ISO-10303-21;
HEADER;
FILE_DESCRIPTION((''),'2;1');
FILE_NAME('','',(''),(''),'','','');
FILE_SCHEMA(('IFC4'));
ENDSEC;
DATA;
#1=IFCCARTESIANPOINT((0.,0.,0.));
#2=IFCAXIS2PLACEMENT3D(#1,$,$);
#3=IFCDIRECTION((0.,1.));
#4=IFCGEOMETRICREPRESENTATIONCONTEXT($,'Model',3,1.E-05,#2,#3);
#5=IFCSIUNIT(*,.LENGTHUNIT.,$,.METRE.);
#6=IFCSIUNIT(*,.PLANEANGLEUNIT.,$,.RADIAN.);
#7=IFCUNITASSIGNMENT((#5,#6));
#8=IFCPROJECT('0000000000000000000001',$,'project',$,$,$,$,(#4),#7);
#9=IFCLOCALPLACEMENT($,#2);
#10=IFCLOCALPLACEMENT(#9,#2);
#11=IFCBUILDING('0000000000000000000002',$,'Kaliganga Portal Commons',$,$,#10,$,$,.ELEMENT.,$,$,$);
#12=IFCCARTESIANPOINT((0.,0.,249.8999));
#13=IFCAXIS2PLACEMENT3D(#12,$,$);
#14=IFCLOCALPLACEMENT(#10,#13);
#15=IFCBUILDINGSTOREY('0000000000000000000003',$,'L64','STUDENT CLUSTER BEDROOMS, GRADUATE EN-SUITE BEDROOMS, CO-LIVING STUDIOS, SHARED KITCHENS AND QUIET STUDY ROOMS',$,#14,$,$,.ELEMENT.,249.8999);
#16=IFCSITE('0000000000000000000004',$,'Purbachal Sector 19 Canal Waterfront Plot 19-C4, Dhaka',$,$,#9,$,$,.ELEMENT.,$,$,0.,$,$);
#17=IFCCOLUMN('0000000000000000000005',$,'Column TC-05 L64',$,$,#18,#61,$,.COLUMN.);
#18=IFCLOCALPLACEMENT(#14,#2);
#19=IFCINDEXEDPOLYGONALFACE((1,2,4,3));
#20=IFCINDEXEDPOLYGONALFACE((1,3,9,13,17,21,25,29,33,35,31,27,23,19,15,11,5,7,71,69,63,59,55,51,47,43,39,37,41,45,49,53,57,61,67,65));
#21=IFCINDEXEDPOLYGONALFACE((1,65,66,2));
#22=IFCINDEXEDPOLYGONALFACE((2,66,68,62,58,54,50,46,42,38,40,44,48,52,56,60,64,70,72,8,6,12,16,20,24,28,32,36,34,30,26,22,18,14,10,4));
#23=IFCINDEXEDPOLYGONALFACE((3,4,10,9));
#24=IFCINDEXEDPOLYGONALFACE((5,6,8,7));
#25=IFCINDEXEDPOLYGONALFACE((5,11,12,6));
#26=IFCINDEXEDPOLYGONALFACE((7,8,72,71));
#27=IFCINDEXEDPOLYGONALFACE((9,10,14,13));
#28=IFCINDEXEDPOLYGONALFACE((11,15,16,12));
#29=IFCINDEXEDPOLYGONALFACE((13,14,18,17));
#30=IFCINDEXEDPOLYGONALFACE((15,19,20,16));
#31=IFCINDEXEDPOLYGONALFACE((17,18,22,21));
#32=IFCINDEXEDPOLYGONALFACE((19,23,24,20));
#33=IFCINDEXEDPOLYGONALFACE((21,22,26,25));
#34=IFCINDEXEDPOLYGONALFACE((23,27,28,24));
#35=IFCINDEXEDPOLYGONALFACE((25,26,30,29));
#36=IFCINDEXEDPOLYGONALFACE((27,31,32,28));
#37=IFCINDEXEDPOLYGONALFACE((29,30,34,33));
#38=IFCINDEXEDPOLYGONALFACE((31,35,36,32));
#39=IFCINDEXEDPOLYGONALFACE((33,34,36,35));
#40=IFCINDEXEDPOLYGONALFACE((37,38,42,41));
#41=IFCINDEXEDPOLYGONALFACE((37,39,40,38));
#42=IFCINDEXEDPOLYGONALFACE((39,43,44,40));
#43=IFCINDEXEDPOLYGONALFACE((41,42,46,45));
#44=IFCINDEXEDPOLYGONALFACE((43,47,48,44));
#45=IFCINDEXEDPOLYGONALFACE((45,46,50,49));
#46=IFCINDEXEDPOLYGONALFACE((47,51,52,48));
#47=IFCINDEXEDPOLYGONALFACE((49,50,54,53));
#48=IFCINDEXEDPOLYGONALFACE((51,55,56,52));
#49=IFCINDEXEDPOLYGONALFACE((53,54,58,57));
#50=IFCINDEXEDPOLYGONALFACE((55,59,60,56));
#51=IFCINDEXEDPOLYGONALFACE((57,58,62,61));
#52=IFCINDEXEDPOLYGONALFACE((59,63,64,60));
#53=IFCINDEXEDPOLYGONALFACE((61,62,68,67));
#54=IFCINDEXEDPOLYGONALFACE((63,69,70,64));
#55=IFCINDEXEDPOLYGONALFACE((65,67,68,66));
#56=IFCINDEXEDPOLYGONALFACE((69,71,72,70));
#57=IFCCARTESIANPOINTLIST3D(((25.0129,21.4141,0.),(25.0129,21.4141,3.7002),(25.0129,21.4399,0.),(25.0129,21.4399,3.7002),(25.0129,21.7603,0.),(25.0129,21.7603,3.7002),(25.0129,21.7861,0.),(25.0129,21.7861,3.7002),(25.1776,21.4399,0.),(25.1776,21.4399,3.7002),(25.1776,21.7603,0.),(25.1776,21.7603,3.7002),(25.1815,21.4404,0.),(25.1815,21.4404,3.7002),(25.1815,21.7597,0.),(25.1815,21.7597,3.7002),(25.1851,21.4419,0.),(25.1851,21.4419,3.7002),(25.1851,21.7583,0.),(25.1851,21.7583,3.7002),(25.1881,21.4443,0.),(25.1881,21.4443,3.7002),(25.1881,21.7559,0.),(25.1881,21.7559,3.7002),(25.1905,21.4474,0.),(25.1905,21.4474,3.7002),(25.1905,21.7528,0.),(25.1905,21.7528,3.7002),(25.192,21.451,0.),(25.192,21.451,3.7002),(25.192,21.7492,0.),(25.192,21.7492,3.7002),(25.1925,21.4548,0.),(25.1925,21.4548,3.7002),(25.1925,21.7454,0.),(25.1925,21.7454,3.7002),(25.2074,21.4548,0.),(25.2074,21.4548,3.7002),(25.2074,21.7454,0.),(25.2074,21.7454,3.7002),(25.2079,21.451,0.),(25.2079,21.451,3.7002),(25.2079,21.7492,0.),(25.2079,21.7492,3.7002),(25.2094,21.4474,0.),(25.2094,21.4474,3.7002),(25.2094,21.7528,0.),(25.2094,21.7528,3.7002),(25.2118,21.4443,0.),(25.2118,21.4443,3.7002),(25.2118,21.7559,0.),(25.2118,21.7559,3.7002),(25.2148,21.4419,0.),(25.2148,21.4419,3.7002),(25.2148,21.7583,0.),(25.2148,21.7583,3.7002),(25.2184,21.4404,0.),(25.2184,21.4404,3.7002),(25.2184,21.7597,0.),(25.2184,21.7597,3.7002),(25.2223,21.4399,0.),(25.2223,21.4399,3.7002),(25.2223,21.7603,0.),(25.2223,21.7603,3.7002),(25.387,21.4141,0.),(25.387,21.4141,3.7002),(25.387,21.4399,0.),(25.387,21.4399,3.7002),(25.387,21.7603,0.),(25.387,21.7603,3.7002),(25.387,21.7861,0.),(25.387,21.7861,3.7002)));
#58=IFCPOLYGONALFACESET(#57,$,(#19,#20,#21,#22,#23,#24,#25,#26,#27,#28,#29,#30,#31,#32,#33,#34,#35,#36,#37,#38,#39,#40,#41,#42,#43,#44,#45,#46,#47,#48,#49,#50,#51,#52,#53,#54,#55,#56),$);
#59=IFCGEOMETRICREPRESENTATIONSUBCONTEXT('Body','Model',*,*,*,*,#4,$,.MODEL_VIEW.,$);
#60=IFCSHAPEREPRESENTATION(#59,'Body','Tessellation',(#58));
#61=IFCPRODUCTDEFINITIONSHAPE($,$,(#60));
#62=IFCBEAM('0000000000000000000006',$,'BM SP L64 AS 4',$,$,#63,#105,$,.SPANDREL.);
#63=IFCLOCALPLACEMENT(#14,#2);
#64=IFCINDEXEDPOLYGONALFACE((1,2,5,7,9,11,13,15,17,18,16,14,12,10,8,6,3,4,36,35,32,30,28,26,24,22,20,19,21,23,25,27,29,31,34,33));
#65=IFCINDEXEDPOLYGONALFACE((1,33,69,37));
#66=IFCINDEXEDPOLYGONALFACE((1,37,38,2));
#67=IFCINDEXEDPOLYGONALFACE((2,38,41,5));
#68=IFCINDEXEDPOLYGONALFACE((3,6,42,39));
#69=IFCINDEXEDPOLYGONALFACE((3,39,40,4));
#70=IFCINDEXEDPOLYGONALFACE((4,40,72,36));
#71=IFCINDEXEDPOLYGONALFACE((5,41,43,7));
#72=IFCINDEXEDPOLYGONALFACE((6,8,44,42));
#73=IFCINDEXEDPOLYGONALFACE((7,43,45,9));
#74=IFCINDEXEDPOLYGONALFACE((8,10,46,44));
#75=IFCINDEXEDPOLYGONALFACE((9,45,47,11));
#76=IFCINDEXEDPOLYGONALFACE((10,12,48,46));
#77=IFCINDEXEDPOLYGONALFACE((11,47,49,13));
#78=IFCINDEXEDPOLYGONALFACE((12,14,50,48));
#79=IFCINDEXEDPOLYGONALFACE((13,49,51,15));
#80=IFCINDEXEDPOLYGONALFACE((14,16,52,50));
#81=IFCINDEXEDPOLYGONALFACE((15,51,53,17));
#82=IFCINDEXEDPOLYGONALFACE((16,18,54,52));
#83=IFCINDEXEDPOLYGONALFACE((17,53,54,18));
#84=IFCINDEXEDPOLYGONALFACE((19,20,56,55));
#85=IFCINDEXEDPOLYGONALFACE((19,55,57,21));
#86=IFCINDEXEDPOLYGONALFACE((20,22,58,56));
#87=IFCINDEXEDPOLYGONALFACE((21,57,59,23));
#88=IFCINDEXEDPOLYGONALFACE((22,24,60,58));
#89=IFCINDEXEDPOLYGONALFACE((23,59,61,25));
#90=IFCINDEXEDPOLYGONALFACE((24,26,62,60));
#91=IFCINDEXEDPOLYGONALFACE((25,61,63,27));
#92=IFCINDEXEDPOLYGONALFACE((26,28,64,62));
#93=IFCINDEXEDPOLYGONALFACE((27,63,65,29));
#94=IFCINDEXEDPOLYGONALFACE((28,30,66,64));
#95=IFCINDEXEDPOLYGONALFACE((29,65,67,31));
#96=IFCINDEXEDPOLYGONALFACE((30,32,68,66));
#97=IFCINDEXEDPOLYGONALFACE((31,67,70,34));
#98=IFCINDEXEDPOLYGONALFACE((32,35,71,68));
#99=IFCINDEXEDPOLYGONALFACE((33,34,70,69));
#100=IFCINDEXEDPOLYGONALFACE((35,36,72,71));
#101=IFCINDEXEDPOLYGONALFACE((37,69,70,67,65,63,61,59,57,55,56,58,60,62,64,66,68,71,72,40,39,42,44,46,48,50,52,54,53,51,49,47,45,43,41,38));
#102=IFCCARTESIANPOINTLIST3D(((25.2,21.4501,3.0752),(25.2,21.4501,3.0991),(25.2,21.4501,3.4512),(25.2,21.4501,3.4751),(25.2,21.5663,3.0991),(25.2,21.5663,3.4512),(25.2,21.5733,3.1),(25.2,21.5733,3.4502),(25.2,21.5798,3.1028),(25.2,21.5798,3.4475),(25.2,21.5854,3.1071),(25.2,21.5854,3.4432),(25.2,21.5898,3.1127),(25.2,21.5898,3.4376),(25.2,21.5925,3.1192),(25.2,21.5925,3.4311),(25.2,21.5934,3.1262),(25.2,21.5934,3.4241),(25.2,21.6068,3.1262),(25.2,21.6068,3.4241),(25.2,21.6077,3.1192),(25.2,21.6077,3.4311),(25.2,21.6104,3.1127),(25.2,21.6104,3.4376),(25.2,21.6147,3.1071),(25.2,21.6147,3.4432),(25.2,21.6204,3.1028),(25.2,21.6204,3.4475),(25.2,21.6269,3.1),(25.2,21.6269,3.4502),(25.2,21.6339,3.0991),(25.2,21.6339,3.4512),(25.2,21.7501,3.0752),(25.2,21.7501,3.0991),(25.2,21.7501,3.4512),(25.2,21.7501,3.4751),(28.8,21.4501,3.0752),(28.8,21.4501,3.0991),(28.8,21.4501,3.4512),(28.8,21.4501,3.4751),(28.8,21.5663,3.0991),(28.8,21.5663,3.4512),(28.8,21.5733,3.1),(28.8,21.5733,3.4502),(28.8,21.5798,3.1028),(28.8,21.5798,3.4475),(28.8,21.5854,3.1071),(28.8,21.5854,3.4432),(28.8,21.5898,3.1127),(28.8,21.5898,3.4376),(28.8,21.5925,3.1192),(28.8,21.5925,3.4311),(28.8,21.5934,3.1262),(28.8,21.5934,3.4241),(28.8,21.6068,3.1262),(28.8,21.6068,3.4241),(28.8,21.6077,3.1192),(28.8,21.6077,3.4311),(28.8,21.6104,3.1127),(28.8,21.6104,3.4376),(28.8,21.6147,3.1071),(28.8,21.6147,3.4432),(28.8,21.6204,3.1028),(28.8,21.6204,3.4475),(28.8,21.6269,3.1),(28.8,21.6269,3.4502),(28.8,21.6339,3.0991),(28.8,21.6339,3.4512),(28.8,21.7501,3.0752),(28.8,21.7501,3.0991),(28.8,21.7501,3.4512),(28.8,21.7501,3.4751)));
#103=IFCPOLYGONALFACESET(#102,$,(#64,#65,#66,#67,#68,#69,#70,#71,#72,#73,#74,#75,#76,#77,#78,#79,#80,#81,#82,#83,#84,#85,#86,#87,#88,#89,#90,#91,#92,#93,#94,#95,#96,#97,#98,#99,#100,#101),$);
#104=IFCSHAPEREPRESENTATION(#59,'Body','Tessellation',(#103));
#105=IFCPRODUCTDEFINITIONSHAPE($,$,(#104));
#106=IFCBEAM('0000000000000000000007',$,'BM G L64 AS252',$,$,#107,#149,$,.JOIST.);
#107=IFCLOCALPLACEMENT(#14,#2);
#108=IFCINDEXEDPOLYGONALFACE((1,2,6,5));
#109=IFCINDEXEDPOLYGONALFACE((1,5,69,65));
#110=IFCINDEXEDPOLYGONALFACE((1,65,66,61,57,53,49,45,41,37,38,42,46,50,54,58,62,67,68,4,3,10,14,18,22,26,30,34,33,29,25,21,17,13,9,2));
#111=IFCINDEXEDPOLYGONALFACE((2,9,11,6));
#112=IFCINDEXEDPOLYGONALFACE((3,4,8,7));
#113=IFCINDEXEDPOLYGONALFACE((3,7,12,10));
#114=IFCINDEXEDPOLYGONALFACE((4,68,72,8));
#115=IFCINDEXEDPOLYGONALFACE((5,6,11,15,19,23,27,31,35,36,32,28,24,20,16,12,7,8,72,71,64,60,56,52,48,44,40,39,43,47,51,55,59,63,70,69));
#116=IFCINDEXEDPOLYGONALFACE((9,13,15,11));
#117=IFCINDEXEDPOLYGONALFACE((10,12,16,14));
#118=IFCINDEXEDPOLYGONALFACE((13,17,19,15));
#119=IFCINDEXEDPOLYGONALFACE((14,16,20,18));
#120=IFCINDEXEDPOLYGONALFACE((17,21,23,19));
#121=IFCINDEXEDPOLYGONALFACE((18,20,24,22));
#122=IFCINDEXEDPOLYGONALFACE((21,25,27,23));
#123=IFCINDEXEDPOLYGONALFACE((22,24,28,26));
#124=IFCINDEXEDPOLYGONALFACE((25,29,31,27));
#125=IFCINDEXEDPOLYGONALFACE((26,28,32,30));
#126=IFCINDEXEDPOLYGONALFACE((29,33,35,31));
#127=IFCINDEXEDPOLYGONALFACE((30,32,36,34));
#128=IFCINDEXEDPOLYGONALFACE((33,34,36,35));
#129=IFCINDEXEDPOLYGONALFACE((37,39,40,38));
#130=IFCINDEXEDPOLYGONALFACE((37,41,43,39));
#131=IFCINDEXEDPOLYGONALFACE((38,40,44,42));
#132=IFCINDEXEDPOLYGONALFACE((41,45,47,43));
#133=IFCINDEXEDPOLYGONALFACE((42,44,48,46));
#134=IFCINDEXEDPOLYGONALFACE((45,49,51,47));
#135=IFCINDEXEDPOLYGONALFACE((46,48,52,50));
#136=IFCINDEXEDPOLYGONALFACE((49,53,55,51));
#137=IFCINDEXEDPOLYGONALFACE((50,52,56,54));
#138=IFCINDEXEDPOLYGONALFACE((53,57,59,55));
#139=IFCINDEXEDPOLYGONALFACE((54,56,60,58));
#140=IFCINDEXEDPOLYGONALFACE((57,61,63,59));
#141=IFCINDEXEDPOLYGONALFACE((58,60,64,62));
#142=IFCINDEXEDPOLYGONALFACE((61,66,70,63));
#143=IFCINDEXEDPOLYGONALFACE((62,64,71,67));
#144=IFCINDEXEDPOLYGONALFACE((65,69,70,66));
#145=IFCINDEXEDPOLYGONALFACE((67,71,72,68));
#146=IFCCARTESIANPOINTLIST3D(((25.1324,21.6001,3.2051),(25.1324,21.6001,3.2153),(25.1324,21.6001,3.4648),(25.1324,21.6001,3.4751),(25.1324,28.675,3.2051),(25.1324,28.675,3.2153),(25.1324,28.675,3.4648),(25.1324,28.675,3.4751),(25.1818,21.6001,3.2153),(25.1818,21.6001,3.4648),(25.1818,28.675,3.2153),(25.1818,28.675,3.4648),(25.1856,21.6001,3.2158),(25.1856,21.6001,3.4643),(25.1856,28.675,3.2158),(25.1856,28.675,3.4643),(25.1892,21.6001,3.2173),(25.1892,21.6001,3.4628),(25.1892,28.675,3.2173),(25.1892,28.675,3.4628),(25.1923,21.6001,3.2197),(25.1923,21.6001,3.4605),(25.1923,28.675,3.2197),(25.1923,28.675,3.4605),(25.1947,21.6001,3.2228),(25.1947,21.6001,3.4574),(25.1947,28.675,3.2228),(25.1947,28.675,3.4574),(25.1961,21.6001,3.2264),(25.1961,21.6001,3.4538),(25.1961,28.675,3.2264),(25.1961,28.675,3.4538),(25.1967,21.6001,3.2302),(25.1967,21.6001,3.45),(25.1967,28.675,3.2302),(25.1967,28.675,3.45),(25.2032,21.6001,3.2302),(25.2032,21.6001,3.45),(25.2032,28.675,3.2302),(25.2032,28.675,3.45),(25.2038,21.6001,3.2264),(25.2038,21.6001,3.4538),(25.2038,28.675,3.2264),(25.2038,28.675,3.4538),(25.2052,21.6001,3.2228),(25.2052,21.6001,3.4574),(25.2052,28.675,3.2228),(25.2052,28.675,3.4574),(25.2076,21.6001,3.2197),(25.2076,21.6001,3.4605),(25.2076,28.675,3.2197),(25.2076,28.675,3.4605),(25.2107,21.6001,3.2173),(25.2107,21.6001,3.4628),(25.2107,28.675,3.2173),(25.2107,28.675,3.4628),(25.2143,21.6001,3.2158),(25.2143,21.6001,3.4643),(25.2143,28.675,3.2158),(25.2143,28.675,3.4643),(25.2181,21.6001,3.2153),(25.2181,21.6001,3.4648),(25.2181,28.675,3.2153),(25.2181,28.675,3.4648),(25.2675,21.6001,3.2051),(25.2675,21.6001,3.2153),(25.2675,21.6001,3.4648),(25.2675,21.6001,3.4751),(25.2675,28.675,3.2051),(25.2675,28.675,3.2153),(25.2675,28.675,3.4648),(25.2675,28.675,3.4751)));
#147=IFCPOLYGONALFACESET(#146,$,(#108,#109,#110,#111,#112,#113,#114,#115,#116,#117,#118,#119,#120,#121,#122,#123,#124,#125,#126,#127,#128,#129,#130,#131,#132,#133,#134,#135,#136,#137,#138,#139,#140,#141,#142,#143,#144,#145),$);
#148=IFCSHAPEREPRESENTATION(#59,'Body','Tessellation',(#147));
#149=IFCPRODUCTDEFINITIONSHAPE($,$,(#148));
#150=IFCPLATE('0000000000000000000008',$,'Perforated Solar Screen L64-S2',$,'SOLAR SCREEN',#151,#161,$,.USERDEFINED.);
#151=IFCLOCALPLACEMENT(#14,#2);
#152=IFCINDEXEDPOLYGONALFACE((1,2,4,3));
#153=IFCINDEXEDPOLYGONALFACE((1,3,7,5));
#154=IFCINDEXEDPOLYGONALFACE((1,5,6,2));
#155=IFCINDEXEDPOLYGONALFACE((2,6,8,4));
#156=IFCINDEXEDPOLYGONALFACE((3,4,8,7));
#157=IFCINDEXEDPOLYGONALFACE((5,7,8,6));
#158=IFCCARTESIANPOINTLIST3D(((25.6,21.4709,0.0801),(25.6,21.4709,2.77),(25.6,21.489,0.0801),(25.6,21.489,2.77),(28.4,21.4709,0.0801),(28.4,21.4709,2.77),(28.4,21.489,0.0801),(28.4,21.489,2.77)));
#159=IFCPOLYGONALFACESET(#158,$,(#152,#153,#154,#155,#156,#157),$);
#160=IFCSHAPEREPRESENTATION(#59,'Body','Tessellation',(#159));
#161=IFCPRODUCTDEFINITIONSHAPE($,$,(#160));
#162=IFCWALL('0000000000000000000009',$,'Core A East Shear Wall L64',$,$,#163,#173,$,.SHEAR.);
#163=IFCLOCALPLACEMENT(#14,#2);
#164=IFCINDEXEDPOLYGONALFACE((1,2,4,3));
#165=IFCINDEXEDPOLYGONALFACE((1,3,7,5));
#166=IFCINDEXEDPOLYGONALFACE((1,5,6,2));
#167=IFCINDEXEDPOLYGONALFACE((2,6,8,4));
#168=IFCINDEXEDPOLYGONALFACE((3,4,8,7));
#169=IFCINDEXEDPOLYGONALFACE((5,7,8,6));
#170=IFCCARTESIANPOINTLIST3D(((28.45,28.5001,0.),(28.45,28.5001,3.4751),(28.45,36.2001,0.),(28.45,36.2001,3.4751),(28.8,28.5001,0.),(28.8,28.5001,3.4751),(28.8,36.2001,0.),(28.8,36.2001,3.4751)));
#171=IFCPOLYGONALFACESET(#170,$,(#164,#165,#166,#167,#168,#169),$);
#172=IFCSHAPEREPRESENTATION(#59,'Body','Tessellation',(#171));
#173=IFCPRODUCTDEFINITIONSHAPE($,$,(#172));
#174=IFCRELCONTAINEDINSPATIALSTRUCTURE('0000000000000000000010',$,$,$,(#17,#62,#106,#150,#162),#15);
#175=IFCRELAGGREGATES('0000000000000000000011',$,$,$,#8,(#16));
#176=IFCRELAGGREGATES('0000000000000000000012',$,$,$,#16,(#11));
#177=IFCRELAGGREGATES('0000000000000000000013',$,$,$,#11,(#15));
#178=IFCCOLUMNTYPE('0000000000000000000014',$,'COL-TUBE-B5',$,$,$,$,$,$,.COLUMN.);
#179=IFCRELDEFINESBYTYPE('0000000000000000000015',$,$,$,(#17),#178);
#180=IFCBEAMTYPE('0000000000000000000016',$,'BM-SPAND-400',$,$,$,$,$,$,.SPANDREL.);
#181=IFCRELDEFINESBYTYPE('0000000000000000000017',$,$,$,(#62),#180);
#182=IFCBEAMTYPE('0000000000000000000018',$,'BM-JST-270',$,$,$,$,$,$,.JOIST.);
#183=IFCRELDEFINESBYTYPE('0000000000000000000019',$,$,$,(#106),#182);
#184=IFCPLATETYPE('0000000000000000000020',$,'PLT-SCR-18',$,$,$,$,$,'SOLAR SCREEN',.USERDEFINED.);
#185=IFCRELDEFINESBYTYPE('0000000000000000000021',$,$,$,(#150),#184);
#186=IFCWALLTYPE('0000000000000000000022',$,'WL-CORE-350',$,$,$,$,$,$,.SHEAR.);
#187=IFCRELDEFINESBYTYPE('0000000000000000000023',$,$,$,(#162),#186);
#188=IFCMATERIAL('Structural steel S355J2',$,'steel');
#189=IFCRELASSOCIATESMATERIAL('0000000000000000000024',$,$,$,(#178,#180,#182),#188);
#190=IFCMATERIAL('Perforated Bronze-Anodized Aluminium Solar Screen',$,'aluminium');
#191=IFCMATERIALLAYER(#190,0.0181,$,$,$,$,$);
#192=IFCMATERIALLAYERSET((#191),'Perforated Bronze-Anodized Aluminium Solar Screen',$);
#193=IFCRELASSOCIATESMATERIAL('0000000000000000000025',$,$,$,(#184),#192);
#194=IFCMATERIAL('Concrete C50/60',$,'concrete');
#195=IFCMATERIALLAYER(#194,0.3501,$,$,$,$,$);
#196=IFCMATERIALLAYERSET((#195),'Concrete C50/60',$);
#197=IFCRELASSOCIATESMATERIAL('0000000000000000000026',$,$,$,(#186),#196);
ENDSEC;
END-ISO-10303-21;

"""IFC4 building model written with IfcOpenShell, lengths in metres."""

from ifc_helpers import new_model, si_unit, direction, frame, frame_2d, origin, origin_2d, place, context, subcontext, project, spatial, rectangle, i_section, extrude, source, transform, mapped, material, layer, layer_set, material_profile, profile_set, type_object, element, save


model = new_model("IFC4")

# Units and contexts
model_context = context("Model", 3, precision=1e-05, world=origin(), true_north=direction((0.0, 1.0)))
body_context = subcontext(model_context, "Body", "Model", "MODEL_VIEW")
ifc_project = project(units=[si_unit("LENGTHUNIT", "METRE"), si_unit("PLANEANGLEUNIT", "RADIAN")], contexts=[model_context])

# Site, building, storey
site_placement = place(None, origin())
site = spatial("IfcSite", under=ifc_project, at=site_placement, Name="Purbachal Sector 19 Canal Waterfront Plot 19-C4, Dhaka", CompositionType="ELEMENT", RefElevation=0.0)
building_placement = place(site_placement, origin())
building = spatial("IfcBuilding", under=site, at=building_placement, Name="Kaliganga Portal Commons", CompositionType="ELEMENT")
storey_placement = place(building_placement, frame((0.0, 0.0, 249.8999)))
storey = spatial("IfcBuildingStorey", under=building, at=storey_placement, Name="L64", Description="STUDENT CLUSTER BEDROOMS, GRADUATE EN-SUITE BEDROOMS, CO-LIVING STUDIOS, SHARED KITCHENS AND QUIET STUDY ROOMS", CompositionType="ELEMENT", Elevation=249.8999)

# Column
ifc_material_1 = material(Name="Structural steel S355J2", Category="steel")
ifc_material_profile_1 = material_profile(ifc_material_1, i_section(OverallWidth=0.374, OverallDepth=0.3721, WebThickness=0.0149, FlangeThickness=0.0259, FilletRadius=0.0149, at=origin_2d()), Name="HD 360x196")
ifc_profile_set_1 = profile_set([ifc_material_profile_1], Name="Structural steel S355J2 wide-flange")
column_type = type_object("IfcColumnType", Name="COL-TUBE-B5", PredefinedType="COLUMN", material=ifc_profile_set_1)
shared_shape_1 = source(origin(), body_context, "Body", "SweptSolid", [
    extrude(i_section(OverallWidth=0.374, OverallDepth=0.3721, WebThickness=0.0149, FlangeThickness=0.0259, FilletRadius=0.0149, at=origin_2d()), origin(), (0.0, 0.0, 1.0), 3.7002),
])
column_placement = place(storey_placement, frame((25.2, 21.6001, 0.0), z_axis=(0.0, 0.0, 1.0), x_axis=(1.0, 0.0, 0.0)))
element("IfcColumn", 1, at=column_placement, inside=storey, type_object=column_type, Name="Column TC-05 L64", PredefinedType="COLUMN", context=body_context, shape_type="MappedRepresentation", body=[
    mapped(shared_shape_1, transform((0.0, 0.0, 0.0), x_axis=(1.0, 0.0, 0.0), y_axis=(0.0, 1.0, 0.0), z_axis=(0.0, 0.0, 1.0), scale=1.0)),
])

# Beams
ifc_material_profile_2 = material_profile(ifc_material_1, i_section(OverallWidth=0.3, OverallDepth=0.3999, WebThickness=0.0134, FlangeThickness=0.0239, FilletRadius=0.0271, at=origin_2d()), Name="HE 400 B")
ifc_profile_set_2 = profile_set([ifc_material_profile_2], Name="Structural steel S355J2 wide-flange")
beam_type_1 = type_object("IfcBeamType", Name="BM-SPAND-400", PredefinedType="SPANDREL", material=ifc_profile_set_2)
shared_shape_2 = source(origin(), body_context, "Body", "SweptSolid", [
    extrude(i_section(OverallWidth=0.3, OverallDepth=0.3999, WebThickness=0.0134, FlangeThickness=0.0239, FilletRadius=0.0271, at=origin_2d()), origin(), (0.0, 0.0, 1.0), 3.6001),
])
beam_1_placement = place(storey_placement, frame((25.2, 21.6001, 3.2751), z_axis=(1.0, 0.0, 0.0), x_axis=(0.0, 1.0, 0.0)))
element("IfcBeam", 2, at=beam_1_placement, inside=storey, type_object=beam_type_1, Name="BM SP L64 AS 4", PredefinedType="SPANDREL", context=body_context, shape_type="MappedRepresentation", body=[
    mapped(shared_shape_2, transform((0.0, 0.0, 0.0), x_axis=(1.0, 0.0, 0.0), y_axis=(0.0, 1.0, 0.0), z_axis=(0.0, 0.0, 1.0), scale=1.0)),
])
ifc_material_profile_3 = material_profile(ifc_material_1, i_section(OverallWidth=0.135, OverallDepth=0.27, WebThickness=0.0066, FlangeThickness=0.0103, FilletRadius=0.0149, at=origin_2d()), Name="IPE 270")
ifc_profile_set_3 = profile_set([ifc_material_profile_3], Name="Structural steel S355J2 wide-flange")
beam_type_2 = type_object("IfcBeamType", Name="BM-JST-270", PredefinedType="JOIST", material=ifc_profile_set_3)
shared_shape_3 = source(origin(), body_context, "Body", "SweptSolid", [
    extrude(i_section(OverallWidth=0.135, OverallDepth=0.27, WebThickness=0.0066, FlangeThickness=0.0103, FilletRadius=0.0149, at=origin_2d()), origin(), (0.0, 0.0, 1.0), 7.075),
])
beam_2_placement = place(storey_placement, frame((25.2, 21.6001, 3.3401), z_axis=(0.0, 1.0, 0.0), x_axis=(-1.0, 0.0, 0.0)))
element("IfcBeam", 3, at=beam_2_placement, inside=storey, type_object=beam_type_2, Name="BM G L64 AS252", PredefinedType="JOIST", context=body_context, shape_type="MappedRepresentation", body=[
    mapped(shared_shape_3, transform((0.0, 0.0, 0.0), x_axis=(1.0, 0.0, 0.0), y_axis=(0.0, 1.0, 0.0), z_axis=(0.0, 0.0, 1.0), scale=1.0)),
])

# Plate
ifc_material_2 = material(Name="Perforated Bronze-Anodized Aluminium Solar Screen", Category="aluminium")
ifc_layer_1 = layer(ifc_material_2, 0.0181)
ifc_layer_set_1 = layer_set([ifc_layer_1], Name="Perforated Bronze-Anodized Aluminium Solar Screen")
plate_type = type_object("IfcPlateType", Name="PLT-SCR-18", ElementType="SOLAR SCREEN", PredefinedType="USERDEFINED", material=ifc_layer_set_1)
shared_shape_4 = source(origin(), body_context, "Body", "SweptSolid", [
    extrude(rectangle(XDim=2.8, YDim=0.0181, at=origin_2d()), origin(), (0.0, 0.0, 1.0), 2.6899),
])
plate_placement = place(storey_placement, frame((27.0, 21.48, 0.0801), z_axis=(0.0, 0.0, 1.0), x_axis=(1.0, 0.0, 0.0)))
element("IfcPlate", 4, at=plate_placement, inside=storey, type_object=plate_type, Name="Perforated Solar Screen L64-S2", ObjectType="SOLAR SCREEN", PredefinedType="USERDEFINED", context=body_context, shape_type="MappedRepresentation", body=[
    mapped(shared_shape_4, transform((0.0, 0.0, 0.0), x_axis=(1.0, 0.0, 0.0), y_axis=(0.0, 1.0, 0.0), z_axis=(0.0, 0.0, 1.0), scale=1.0)),
])

# Wall
ifc_material_3 = material(Name="Concrete C50/60", Category="concrete")
ifc_layer_2 = layer(ifc_material_3, 0.3501)
ifc_layer_set_2 = layer_set([ifc_layer_2], Name="Concrete C50/60")
wall_type_1 = type_object("IfcWallType", Name="WL-CORE-350", PredefinedType="SHEAR", material=ifc_layer_set_2)
wall_1_placement = place(storey_placement, frame((28.625, 28.5, 0.0), z_axis=(0.0, 0.0, 1.0), x_axis=(0.0, 1.0, 0.0)))
element("IfcWall", 5, at=wall_1_placement, inside=storey, type_object=wall_type_1, Name="Core A East Shear Wall L64", PredefinedType="SHEAR", context=body_context, shape_type="SweptSolid", body=[
    extrude(rectangle(XDim=7.7, YDim=0.3501, at=frame_2d((3.8501, 0.0))), origin(), (0.0, 0.0, 1.0), 3.4751),
])

save(model, "model.ifc")
